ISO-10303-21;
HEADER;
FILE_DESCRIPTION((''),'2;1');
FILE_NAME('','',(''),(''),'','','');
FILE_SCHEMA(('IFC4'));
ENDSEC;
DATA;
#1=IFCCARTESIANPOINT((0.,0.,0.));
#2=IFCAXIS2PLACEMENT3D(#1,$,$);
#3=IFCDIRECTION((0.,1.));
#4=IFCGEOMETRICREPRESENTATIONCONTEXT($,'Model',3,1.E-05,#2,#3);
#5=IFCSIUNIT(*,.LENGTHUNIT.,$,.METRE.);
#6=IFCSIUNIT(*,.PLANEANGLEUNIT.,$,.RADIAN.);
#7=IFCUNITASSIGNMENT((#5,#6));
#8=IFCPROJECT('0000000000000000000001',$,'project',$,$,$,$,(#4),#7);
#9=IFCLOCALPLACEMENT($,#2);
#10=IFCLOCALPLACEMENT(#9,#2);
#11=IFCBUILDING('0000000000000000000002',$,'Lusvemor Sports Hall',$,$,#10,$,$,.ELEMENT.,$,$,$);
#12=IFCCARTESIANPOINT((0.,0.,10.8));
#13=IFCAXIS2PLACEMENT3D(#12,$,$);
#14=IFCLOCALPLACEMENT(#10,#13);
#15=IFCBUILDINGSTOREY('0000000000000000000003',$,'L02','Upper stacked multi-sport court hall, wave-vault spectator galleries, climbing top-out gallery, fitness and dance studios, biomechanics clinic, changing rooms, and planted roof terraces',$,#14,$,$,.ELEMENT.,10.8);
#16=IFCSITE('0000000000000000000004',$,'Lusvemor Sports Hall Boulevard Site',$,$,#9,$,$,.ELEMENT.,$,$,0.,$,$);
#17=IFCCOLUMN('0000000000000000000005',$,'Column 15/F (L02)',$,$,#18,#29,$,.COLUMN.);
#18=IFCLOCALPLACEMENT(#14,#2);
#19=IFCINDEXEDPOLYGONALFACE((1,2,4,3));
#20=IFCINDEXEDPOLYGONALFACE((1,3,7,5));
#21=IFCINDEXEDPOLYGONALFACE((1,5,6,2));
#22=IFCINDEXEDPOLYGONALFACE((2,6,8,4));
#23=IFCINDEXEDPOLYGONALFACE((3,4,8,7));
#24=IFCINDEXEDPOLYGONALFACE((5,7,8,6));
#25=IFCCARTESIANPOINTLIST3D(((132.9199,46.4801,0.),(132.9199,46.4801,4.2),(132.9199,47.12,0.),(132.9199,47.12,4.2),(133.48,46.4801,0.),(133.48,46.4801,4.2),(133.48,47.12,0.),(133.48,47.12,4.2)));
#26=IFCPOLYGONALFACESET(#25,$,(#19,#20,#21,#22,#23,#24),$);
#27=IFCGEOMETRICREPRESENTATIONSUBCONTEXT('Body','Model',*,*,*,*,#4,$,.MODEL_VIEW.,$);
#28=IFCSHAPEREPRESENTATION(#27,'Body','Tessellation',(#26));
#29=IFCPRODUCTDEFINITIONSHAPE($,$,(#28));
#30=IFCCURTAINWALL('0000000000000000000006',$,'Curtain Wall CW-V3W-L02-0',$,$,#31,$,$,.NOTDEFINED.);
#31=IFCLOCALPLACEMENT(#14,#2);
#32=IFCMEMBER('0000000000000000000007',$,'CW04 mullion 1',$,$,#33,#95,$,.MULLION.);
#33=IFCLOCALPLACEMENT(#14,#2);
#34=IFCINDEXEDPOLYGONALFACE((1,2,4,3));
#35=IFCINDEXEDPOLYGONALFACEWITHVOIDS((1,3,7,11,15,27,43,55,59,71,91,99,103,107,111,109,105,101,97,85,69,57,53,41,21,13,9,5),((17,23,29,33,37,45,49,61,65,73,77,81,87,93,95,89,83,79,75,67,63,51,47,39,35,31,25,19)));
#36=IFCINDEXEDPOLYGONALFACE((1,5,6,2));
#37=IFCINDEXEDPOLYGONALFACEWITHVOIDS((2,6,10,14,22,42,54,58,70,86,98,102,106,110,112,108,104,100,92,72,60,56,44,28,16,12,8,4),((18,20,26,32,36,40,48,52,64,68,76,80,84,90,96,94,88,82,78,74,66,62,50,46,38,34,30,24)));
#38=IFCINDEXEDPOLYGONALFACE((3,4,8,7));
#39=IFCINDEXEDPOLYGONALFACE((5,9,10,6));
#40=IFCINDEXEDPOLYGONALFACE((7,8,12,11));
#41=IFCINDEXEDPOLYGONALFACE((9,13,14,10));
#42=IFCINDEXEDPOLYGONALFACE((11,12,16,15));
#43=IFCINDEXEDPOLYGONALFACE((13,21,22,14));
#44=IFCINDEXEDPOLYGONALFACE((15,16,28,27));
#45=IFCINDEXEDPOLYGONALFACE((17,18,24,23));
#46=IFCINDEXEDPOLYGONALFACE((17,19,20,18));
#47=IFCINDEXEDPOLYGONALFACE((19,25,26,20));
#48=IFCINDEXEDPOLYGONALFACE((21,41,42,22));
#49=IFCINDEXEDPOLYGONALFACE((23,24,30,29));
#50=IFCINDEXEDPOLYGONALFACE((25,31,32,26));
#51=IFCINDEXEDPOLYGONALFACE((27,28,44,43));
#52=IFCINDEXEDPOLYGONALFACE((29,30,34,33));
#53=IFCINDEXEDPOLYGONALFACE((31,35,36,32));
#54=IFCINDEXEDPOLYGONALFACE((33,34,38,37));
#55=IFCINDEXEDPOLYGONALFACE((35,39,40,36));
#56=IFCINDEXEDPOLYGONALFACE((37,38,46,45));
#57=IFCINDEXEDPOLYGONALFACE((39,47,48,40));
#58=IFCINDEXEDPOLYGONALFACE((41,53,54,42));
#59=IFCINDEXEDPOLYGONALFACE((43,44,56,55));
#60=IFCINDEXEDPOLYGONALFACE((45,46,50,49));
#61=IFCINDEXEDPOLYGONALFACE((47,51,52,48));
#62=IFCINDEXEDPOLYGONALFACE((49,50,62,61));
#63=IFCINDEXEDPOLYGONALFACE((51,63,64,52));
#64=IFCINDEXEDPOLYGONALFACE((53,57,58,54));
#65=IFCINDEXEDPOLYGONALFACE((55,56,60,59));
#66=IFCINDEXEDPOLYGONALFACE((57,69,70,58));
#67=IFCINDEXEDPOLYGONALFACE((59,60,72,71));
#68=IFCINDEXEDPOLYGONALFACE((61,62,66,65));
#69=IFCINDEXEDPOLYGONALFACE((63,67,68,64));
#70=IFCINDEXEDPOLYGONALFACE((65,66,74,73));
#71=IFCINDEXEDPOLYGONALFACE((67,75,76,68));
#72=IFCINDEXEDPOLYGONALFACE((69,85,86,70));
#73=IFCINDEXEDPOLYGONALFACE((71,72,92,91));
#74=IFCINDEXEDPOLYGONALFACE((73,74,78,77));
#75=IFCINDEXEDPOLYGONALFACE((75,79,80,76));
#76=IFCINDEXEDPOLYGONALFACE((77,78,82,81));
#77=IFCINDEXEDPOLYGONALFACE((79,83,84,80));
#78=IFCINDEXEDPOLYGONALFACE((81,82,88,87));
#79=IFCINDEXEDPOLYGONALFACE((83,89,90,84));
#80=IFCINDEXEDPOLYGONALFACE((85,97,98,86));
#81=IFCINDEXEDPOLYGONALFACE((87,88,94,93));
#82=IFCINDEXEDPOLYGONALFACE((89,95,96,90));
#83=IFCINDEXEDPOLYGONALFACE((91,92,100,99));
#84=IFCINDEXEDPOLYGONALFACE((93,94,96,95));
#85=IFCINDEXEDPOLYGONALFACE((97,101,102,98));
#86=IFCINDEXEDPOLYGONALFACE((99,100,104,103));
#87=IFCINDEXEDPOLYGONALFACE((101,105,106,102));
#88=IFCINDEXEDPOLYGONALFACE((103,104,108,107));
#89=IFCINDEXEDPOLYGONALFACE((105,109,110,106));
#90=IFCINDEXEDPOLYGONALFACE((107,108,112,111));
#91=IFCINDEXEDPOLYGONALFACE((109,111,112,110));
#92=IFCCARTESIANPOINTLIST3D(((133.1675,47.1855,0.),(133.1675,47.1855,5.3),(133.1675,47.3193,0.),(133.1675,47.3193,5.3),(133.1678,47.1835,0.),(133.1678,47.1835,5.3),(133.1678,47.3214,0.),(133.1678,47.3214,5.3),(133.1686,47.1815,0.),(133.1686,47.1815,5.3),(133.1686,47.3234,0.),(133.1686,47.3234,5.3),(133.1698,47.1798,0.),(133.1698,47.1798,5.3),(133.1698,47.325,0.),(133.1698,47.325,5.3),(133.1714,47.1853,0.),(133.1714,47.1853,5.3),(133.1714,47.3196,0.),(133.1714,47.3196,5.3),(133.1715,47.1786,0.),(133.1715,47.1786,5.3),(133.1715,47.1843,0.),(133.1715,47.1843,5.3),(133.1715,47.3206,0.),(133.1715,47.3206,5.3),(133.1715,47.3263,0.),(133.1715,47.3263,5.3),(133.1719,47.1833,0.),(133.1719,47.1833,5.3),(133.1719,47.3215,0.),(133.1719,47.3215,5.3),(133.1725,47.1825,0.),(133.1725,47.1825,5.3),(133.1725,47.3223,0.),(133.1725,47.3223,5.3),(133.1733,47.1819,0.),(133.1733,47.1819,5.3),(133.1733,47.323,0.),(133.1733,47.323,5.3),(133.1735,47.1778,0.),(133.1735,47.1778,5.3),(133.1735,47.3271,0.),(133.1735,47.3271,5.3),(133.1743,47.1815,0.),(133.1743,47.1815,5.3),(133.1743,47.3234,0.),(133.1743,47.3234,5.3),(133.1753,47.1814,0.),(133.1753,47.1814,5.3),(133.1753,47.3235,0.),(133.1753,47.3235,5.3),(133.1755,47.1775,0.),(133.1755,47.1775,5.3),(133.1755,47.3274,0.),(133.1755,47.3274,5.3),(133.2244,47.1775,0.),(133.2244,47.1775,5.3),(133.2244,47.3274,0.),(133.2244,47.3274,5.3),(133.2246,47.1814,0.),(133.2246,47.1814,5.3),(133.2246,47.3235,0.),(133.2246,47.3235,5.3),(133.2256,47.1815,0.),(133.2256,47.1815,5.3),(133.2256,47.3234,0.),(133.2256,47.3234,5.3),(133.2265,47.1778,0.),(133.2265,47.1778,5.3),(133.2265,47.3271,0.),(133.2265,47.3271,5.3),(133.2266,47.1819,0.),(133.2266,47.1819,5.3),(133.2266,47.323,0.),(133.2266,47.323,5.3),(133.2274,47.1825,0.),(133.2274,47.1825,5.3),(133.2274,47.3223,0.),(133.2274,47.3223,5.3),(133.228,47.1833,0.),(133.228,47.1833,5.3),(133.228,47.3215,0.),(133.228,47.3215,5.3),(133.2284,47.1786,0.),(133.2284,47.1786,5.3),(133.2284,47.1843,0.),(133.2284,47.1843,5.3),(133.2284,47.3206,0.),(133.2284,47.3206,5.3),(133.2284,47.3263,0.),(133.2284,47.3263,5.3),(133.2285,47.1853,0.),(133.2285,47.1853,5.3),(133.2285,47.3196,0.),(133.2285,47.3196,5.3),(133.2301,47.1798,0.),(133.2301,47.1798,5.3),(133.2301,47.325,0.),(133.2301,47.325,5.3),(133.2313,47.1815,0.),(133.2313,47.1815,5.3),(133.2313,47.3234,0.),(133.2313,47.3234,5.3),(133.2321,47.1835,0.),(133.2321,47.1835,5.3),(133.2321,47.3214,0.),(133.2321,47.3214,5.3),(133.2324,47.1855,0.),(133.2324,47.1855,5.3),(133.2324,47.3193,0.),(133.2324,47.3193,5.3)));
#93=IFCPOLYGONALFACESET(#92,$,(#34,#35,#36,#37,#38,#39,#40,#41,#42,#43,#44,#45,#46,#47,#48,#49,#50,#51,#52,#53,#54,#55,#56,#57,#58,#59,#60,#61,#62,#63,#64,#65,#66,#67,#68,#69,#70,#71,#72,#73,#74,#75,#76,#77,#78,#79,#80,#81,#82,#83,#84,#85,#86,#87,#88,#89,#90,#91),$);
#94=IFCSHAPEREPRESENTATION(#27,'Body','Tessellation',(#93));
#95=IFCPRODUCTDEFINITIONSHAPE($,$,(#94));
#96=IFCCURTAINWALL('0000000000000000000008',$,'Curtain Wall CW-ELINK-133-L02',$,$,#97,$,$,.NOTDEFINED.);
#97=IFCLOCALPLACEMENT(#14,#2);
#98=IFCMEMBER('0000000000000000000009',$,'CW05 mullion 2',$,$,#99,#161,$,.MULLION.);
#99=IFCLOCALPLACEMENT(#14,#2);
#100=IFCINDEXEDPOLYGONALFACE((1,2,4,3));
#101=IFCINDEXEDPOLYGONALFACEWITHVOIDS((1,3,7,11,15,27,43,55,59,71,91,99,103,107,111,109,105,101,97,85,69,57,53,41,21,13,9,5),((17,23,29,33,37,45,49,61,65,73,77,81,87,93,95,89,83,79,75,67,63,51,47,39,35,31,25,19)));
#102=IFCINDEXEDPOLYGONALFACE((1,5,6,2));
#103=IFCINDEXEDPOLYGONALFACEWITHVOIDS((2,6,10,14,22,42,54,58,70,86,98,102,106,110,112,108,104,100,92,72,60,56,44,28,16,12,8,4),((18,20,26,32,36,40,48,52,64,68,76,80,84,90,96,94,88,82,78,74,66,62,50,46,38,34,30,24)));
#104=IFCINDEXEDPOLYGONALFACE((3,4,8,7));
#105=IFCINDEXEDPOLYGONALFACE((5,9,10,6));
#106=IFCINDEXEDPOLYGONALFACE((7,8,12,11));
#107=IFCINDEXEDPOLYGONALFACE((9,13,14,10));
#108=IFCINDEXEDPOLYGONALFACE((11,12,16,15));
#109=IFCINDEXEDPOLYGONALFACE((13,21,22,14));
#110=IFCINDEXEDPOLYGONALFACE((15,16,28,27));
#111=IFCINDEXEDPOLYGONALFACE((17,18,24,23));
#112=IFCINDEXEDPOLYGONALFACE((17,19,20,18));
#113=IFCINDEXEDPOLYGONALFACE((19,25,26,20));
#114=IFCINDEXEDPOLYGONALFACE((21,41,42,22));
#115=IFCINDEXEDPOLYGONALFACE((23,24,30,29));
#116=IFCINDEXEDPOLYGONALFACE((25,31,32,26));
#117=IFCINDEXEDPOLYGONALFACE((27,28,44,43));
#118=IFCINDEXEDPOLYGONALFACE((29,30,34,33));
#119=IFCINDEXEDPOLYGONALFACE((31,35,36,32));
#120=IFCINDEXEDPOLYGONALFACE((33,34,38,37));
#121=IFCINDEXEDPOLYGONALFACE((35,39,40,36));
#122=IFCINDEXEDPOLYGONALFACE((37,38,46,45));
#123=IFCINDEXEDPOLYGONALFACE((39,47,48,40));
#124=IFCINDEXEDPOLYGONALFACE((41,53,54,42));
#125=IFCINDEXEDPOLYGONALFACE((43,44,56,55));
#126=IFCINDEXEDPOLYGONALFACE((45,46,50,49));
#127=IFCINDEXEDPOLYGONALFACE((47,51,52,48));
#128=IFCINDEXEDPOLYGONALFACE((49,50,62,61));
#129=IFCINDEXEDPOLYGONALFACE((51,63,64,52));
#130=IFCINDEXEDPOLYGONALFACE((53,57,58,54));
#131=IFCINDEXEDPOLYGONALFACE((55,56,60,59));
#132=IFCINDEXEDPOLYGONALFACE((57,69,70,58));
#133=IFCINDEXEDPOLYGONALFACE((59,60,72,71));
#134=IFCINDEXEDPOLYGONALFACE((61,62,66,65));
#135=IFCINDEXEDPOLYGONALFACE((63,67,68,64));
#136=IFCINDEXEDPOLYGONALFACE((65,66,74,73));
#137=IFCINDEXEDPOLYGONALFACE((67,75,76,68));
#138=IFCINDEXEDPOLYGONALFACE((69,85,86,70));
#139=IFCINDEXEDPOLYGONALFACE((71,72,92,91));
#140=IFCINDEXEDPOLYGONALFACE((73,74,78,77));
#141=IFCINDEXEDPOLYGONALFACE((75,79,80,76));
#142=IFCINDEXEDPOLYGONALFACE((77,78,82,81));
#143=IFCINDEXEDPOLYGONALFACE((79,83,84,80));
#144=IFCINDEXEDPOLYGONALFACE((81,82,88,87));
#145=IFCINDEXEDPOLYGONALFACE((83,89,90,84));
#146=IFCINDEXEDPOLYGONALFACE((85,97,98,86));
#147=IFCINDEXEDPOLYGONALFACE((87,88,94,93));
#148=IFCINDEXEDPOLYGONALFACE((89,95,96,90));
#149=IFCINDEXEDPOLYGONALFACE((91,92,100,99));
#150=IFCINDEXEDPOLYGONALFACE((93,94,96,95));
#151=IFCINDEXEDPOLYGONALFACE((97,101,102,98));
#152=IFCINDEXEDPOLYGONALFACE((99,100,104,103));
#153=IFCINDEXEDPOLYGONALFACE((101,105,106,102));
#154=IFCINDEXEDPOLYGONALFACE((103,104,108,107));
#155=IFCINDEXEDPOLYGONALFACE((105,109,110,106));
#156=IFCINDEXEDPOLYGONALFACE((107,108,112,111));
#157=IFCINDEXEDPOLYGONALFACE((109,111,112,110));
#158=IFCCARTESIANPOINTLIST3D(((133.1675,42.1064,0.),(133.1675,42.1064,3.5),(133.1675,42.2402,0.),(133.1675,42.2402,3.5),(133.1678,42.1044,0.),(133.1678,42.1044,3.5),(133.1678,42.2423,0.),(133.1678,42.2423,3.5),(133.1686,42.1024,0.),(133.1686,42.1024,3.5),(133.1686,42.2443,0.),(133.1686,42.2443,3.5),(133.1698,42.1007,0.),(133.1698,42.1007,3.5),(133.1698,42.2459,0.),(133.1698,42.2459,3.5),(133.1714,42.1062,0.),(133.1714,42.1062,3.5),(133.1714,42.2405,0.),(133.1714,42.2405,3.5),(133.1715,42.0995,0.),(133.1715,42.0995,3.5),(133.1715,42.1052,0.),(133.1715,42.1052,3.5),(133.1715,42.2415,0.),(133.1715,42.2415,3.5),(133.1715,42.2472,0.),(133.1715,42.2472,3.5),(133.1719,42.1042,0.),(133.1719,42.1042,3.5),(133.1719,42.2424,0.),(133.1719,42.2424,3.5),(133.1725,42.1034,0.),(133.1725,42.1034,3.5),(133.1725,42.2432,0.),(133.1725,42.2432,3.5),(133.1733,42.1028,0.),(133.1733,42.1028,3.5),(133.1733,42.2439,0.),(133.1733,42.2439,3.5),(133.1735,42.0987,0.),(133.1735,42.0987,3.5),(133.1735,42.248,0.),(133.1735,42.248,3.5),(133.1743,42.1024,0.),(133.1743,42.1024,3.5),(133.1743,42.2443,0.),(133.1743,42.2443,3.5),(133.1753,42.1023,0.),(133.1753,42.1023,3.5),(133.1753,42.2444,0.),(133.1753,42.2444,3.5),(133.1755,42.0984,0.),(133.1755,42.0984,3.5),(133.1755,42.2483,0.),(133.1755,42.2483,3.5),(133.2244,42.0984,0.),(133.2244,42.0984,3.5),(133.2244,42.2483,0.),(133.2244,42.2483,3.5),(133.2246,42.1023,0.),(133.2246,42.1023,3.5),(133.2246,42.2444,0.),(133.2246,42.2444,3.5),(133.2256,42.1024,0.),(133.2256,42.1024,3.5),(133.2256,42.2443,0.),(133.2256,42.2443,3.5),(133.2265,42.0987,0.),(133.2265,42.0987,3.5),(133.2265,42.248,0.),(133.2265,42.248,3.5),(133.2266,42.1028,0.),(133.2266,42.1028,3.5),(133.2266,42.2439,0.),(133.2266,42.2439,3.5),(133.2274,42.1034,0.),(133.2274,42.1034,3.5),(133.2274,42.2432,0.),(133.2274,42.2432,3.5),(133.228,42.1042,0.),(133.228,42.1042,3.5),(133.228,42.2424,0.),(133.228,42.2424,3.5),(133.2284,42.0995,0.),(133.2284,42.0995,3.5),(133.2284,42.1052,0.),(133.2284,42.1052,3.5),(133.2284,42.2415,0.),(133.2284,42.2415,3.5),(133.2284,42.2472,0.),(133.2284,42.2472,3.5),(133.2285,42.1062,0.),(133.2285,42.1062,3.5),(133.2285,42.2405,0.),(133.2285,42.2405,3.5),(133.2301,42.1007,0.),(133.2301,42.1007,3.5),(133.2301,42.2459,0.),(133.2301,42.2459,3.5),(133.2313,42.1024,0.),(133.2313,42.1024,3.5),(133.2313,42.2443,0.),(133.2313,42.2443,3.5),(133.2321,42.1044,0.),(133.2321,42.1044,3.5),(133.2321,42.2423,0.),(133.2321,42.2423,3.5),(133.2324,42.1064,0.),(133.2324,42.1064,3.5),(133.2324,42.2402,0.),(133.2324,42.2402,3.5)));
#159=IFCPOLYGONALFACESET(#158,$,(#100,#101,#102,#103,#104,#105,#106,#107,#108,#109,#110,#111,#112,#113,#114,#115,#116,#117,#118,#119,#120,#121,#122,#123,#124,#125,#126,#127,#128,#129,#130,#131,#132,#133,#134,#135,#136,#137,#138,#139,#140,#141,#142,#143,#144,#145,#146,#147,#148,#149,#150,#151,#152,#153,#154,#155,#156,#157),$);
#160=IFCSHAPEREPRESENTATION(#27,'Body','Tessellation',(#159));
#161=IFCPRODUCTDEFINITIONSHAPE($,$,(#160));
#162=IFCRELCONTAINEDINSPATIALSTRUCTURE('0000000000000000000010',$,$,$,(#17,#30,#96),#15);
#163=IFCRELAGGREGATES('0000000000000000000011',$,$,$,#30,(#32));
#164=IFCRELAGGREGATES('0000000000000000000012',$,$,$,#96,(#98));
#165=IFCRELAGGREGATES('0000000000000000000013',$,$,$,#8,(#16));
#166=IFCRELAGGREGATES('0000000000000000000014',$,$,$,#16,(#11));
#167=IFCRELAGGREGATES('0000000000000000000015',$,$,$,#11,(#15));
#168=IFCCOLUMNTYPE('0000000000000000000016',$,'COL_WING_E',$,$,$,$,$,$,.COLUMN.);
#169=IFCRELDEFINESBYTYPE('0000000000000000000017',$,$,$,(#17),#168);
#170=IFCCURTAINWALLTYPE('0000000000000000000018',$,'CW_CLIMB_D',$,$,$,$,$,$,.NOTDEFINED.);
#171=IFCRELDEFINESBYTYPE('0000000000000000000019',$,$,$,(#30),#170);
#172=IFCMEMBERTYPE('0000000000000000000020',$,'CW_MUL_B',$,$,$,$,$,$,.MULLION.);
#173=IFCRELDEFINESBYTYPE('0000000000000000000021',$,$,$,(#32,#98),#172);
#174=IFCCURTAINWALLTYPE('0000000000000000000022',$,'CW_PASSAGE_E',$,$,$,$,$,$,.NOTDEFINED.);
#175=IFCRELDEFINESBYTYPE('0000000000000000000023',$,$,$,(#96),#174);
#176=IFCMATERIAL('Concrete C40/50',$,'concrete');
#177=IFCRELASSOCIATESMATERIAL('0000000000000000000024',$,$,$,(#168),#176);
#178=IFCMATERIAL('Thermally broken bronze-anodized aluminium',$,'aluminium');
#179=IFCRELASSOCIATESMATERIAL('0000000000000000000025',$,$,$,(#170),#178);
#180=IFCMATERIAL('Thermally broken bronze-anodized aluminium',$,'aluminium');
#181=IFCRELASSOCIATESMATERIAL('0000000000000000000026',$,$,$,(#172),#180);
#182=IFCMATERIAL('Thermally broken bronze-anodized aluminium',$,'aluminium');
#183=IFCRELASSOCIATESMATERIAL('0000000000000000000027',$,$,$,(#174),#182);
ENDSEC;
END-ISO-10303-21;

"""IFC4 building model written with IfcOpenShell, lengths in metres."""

from ifc_helpers import new_model, si_unit, direction, frame, origin, origin_2d, place, context, subcontext, project, spatial, rectangle, hollow_rectangle, extrude, material, material_profile, profile_set, type_object, element, aggregate, save


model = new_model("IFC4")

# Units and contexts
model_context = context("Model", 3, precision=1e-05, world=origin(), true_north=direction((0.0, 1.0)))
body_context = subcontext(model_context, "Body", "Model", "MODEL_VIEW")
ifc_project = project(units=[si_unit("LENGTHUNIT", "METRE"), si_unit("PLANEANGLEUNIT", "RADIAN")], contexts=[model_context])

# Site, building, storey
site_placement = place(None, origin())
site = spatial("IfcSite", under=ifc_project, at=site_placement, Name="Lusvemor Sports Hall Boulevard Site", CompositionType="ELEMENT", RefElevation=0.0)
building_placement = place(site_placement, origin())
building = spatial("IfcBuilding", under=site, at=building_placement, Name="Lusvemor Sports Hall", CompositionType="ELEMENT")
storey_placement = place(building_placement, frame((0.0, 0.0, 10.8)))
storey = spatial("IfcBuildingStorey", under=building, at=storey_placement, Name="L02", Description="Upper stacked multi-sport court hall, wave-vault spectator galleries, climbing top-out gallery, fitness and dance studios, biomechanics clinic, changing rooms, and planted roof terraces", CompositionType="ELEMENT", Elevation=10.8)

# Column
ifc_material_1 = material(Name="Concrete C40/50", Category="concrete")
ifc_material_profile_1 = material_profile(ifc_material_1, rectangle(XDim=0.5601, YDim=0.6399, at=origin_2d()), Name="RC560x640")
ifc_profile_set_1 = profile_set([ifc_material_profile_1], Name="Concrete C40/50")
column_type = type_object("IfcColumnType", Name="COL_WING_E", PredefinedType="COLUMN", material=ifc_profile_set_1)
column_placement = place(storey_placement, frame((133.2, 46.8, 0.0), z_axis=(0.0, 0.0, 1.0), x_axis=(1.0, 0.0, 0.0)))
element("IfcColumn", 1, at=column_placement, inside=storey, type_object=column_type, Name="Column 15/F (L02)", PredefinedType="COLUMN", context=body_context, shape_type="SweptSolid", body=[
    extrude(rectangle(XDim=0.5601, YDim=0.6399, at=origin_2d()), origin(), (0.0, 0.0, 1.0), 4.2),
])

# Curtain wall, member
ifc_material_2 = material(Name="Thermally broken bronze-anodized aluminium", Category="aluminium")
curtain_wall_type_1 = type_object("IfcCurtainWallType", Name="CW_CLIMB_D", PredefinedType="NOTDEFINED", material=ifc_material_2)
curtain_wall_1_placement = place(storey_placement, origin())
curtain_wall_1 = element("IfcCurtainWall", 2, at=curtain_wall_1_placement, inside=storey, type_object=curtain_wall_type_1, Name="Curtain Wall CW-V3W-L02-0", PredefinedType="NOTDEFINED")
ifc_material_3 = material(Name="Thermally broken bronze-anodized aluminium", Category="aluminium")
ifc_material_profile_2 = material_profile(ifc_material_3, hollow_rectangle(XDim=0.0649, YDim=0.1499, WallThickness=0.0039, InnerFilletRadius=0.0039, OuterFilletRadius=0.0081, at=origin_2d()), Name="CWMUL150x65x4")
ifc_profile_set_2 = profile_set([ifc_material_profile_2], Name="Thermally broken bronze-anodized aluminium")
member_type_1 = type_object("IfcMemberType", Name="CW_MUL_B", PredefinedType="MULLION", material=ifc_profile_set_2)
member_1_placement = place(storey_placement, frame((133.2, 47.2524, 0.0), z_axis=(0.0, 0.0, 1.0), x_axis=(-1.0, 0.0, 0.0)))
member_1 = element("IfcMember", 3, at=member_1_placement, type_object=member_type_1, Name="CW04 mullion 1", PredefinedType="MULLION", context=body_context, shape_type="SweptSolid", body=[
    extrude(hollow_rectangle(XDim=0.0649, YDim=0.1499, WallThickness=0.0039, InnerFilletRadius=0.0039, OuterFilletRadius=0.0081, at=origin_2d()), origin(), (0.0, 0.0, 1.0), 5.3),
])

# Curtain wall, member
ifc_material_4 = material(Name="Thermally broken bronze-anodized aluminium", Category="aluminium")
curtain_wall_type_2 = type_object("IfcCurtainWallType", Name="CW_PASSAGE_E", PredefinedType="NOTDEFINED", material=ifc_material_4)
curtain_wall_2_placement = place(storey_placement, origin())
curtain_wall_2 = element("IfcCurtainWall", 4, at=curtain_wall_2_placement, inside=storey, type_object=curtain_wall_type_2, Name="Curtain Wall CW-ELINK-133-L02", PredefinedType="NOTDEFINED")
member_2_placement = place(storey_placement, frame((133.2, 42.1733, 0.0), z_axis=(0.0, 0.0, 1.0), x_axis=(-1.0, 0.0, 0.0)))
member_2 = element("IfcMember", 5, at=member_2_placement, type_object=member_type_1, Name="CW05 mullion 2", PredefinedType="MULLION", context=body_context, shape_type="SweptSolid", body=[
    extrude(hollow_rectangle(XDim=0.0649, YDim=0.1499, WallThickness=0.0039, InnerFilletRadius=0.0039, OuterFilletRadius=0.0081, at=origin_2d()), origin(), (0.0, 0.0, 1.0), 3.5),
])

aggregate(curtain_wall_1, [member_1])

aggregate(curtain_wall_2, [member_2])

save(model, "model.ifc")
